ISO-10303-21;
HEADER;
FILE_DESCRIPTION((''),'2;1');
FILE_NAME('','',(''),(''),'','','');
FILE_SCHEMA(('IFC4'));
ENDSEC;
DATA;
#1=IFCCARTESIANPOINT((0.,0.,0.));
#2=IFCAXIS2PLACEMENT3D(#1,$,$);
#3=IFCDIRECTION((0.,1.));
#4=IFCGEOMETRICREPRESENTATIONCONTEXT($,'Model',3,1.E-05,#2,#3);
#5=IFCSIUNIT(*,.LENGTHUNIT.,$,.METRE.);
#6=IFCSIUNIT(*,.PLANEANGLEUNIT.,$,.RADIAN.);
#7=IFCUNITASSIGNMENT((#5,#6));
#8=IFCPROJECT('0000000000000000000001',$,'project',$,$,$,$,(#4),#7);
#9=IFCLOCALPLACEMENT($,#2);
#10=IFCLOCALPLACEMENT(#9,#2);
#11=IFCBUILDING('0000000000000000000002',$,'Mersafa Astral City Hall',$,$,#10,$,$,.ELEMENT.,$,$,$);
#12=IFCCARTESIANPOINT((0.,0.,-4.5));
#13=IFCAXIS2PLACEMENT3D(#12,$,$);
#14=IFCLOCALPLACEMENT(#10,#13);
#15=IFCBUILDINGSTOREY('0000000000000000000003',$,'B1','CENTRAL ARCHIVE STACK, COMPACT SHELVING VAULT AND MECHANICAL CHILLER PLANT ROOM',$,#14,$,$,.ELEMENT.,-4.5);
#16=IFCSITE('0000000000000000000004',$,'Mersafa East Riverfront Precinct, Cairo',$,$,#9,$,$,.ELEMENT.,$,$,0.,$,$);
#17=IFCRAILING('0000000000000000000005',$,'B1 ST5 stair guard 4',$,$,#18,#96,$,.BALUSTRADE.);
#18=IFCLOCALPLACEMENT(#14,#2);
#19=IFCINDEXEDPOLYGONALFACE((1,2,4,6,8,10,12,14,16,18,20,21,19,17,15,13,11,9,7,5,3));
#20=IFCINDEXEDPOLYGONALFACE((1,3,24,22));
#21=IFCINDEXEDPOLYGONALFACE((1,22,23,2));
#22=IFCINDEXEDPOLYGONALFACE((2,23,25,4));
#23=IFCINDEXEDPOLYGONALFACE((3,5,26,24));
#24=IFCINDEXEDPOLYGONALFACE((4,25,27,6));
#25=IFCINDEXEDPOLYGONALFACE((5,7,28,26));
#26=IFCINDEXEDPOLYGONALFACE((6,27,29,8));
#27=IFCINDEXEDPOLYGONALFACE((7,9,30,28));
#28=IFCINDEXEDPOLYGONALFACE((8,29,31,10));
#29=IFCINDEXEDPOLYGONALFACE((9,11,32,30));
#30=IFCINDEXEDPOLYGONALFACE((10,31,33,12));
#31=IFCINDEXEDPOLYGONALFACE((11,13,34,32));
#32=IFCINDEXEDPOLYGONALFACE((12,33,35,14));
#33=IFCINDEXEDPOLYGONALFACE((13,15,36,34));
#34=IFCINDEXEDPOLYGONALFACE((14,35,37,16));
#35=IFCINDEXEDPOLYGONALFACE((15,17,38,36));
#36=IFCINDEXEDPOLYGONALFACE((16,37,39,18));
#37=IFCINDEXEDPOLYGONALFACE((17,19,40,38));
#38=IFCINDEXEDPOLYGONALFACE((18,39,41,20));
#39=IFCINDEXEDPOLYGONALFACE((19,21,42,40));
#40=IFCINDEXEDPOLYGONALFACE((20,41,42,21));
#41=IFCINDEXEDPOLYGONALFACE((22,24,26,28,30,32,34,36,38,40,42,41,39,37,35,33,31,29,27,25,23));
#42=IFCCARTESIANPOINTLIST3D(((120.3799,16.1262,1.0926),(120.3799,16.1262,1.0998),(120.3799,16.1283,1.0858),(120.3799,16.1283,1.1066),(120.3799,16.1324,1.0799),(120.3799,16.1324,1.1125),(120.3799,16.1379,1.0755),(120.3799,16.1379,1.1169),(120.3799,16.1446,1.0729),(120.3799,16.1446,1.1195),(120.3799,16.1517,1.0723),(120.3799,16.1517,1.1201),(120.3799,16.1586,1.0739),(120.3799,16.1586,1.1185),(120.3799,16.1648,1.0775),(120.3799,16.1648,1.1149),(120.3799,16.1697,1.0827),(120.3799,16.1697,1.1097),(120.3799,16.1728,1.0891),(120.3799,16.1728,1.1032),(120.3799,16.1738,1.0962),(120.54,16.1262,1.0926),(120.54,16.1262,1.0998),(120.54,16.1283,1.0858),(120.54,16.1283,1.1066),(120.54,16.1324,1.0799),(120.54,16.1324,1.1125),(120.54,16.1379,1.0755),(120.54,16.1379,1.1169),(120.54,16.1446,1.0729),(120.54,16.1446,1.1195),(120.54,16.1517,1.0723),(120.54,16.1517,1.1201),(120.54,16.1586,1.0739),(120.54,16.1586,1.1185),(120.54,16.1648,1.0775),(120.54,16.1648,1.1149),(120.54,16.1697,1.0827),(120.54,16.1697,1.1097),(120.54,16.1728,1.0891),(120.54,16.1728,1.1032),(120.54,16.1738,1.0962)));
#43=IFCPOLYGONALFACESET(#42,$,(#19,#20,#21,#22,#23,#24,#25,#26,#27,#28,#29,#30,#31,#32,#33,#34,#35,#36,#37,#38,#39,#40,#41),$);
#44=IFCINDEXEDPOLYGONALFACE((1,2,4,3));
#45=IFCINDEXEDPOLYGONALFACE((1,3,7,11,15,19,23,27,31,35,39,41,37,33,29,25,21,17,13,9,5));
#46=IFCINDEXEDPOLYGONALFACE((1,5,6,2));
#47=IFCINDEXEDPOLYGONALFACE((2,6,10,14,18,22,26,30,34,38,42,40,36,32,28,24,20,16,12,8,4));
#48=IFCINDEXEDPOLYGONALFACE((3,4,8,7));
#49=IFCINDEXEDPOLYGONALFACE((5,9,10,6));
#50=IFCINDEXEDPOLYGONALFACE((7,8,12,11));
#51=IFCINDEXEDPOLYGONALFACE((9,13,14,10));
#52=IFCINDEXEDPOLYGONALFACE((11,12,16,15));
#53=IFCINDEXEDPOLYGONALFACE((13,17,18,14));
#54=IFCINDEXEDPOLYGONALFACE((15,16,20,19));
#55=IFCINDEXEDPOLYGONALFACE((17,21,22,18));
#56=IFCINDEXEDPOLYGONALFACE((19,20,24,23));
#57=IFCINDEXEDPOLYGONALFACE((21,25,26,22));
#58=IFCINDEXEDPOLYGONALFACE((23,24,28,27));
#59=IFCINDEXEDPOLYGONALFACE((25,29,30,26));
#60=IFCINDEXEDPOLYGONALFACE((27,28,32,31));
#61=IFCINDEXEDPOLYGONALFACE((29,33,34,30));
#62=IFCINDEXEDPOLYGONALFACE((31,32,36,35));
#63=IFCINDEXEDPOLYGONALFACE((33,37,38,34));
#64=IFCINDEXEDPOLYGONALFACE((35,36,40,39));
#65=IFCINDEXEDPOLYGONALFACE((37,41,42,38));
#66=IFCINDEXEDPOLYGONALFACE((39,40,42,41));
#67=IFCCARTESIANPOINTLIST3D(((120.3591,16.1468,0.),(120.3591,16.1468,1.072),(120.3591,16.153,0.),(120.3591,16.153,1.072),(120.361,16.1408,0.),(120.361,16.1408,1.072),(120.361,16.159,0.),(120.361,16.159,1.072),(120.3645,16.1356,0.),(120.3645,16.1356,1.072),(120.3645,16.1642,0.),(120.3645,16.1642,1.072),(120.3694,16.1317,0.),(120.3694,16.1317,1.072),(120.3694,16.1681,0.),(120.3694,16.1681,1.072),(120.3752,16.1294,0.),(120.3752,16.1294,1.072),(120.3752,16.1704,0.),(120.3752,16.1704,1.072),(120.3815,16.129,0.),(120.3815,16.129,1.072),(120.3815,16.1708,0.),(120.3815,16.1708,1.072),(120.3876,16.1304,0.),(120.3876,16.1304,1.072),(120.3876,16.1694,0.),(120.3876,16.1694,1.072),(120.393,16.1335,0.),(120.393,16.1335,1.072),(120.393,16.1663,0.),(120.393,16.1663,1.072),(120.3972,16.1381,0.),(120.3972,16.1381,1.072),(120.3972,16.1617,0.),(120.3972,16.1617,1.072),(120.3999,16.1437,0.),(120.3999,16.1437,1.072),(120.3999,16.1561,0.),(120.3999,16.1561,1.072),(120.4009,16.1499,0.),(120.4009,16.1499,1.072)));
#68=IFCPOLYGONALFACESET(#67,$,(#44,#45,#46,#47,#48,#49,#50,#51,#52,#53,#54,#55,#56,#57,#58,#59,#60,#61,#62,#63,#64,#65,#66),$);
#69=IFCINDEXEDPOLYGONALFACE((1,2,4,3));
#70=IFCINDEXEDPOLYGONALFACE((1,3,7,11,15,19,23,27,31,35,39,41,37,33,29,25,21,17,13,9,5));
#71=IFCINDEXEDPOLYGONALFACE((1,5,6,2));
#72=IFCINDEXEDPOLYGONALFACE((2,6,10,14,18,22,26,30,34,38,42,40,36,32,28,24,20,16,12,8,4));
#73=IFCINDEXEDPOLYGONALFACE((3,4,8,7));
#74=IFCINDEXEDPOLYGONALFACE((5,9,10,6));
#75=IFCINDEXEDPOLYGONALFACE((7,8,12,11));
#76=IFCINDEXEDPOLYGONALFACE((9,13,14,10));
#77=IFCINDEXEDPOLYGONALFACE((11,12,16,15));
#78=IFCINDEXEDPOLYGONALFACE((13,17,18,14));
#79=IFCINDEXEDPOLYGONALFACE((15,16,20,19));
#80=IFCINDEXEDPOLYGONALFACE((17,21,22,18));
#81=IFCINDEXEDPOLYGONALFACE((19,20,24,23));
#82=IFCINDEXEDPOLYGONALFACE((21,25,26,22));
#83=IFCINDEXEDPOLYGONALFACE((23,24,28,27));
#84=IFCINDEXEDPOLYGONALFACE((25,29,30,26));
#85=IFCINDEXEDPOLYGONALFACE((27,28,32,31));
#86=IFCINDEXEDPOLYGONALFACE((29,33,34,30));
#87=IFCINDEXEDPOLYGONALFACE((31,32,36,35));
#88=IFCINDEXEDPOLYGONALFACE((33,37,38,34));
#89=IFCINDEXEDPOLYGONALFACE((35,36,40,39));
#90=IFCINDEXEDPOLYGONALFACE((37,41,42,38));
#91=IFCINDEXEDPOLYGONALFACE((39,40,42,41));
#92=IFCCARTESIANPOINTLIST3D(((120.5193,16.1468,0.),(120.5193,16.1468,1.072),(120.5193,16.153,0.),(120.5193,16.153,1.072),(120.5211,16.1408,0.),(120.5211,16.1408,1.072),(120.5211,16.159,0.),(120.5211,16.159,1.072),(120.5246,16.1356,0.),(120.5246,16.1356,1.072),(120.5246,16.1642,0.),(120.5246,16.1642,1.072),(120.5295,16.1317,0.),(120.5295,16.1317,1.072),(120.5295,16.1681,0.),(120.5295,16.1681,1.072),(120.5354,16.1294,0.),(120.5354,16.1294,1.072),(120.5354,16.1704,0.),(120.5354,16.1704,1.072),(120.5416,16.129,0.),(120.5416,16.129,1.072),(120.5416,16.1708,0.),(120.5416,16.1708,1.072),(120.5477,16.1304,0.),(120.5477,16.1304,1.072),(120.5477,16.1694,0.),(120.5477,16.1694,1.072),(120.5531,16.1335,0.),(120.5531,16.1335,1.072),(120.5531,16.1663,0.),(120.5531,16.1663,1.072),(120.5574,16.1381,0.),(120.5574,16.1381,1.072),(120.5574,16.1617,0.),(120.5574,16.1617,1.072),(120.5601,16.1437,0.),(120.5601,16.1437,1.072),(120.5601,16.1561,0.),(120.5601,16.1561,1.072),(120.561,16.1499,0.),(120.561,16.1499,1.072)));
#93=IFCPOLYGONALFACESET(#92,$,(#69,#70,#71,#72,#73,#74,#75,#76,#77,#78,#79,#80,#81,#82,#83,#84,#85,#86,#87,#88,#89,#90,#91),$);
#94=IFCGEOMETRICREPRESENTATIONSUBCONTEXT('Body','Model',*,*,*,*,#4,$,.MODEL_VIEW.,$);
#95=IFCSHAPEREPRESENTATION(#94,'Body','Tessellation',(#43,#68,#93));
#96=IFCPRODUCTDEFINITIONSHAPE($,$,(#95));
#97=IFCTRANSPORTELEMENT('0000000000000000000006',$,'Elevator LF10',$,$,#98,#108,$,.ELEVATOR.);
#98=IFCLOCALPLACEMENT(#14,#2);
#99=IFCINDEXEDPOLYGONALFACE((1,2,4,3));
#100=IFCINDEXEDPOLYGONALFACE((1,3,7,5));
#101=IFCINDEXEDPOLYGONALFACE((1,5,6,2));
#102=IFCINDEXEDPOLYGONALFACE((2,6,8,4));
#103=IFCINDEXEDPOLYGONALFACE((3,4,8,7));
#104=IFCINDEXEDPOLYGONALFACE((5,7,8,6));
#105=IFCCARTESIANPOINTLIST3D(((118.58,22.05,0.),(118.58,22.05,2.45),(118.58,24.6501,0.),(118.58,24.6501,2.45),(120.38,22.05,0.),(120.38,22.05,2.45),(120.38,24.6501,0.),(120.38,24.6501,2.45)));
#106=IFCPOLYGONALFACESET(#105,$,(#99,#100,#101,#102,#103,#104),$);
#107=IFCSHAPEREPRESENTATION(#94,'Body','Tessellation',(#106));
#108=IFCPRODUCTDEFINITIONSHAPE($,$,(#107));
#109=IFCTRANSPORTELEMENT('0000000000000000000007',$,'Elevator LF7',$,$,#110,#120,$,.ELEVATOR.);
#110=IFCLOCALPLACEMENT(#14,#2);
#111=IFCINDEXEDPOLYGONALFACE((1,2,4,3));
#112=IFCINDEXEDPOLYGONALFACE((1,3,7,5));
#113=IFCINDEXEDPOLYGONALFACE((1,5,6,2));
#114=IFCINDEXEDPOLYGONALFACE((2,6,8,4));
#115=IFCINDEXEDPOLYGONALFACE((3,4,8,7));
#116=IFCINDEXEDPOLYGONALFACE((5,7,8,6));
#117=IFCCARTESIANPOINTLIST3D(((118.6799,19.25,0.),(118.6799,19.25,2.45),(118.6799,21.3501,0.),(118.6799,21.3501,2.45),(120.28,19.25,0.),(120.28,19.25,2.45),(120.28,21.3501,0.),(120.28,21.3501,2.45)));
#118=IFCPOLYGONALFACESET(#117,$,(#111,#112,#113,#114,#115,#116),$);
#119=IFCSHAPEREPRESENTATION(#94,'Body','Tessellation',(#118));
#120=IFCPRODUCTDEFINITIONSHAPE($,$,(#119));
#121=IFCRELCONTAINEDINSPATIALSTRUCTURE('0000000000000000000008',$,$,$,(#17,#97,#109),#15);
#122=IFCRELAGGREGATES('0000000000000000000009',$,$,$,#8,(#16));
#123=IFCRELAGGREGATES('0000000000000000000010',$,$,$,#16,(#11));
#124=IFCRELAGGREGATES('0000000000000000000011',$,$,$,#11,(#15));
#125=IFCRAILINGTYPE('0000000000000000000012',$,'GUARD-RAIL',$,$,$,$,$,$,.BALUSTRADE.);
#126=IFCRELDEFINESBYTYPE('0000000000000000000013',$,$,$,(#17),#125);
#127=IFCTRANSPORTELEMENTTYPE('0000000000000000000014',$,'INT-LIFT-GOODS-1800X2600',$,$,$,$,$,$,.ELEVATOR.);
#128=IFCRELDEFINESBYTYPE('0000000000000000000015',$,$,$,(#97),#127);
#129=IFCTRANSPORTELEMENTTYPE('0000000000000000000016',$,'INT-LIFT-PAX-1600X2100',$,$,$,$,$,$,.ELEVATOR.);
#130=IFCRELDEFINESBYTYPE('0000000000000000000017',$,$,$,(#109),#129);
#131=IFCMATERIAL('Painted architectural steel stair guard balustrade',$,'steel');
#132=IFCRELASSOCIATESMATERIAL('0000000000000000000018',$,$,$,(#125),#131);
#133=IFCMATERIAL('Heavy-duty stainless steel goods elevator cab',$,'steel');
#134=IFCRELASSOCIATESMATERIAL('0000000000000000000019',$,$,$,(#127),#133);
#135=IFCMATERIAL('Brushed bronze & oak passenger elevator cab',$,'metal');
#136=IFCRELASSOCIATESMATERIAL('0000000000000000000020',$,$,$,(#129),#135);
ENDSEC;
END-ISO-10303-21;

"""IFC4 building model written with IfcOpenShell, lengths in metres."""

from ifc_helpers import new_model, si_unit, direction, frame, origin, origin_2d, place, context, subcontext, project, spatial, rectangle, circle, extrude, material, type_object, element, save


model = new_model("IFC4")

# Units and contexts
model_context = context("Model", 3, precision=1e-05, world=origin(), true_north=direction((0.0, 1.0)))
body_context = subcontext(model_context, "Body", "Model", "MODEL_VIEW")
ifc_project = project(units=[si_unit("LENGTHUNIT", "METRE"), si_unit("PLANEANGLEUNIT", "RADIAN")], contexts=[model_context])

# Site, building, storey
site_placement = place(None, origin())
site = spatial("IfcSite", under=ifc_project, at=site_placement, Name="Mersafa East Riverfront Precinct, Cairo", CompositionType="ELEMENT", RefElevation=0.0)
building_placement = place(site_placement, origin())
building = spatial("IfcBuilding", under=site, at=building_placement, Name="Mersafa Astral City Hall", CompositionType="ELEMENT")
storey_placement = place(building_placement, frame((0.0, 0.0, -4.5)))
storey = spatial("IfcBuildingStorey", under=building, at=storey_placement, Name="B1", Description="CENTRAL ARCHIVE STACK, COMPACT SHELVING VAULT AND MECHANICAL CHILLER PLANT ROOM", CompositionType="ELEMENT", Elevation=-4.5)

# Railing
ifc_material_1 = material(Name="Painted architectural steel stair guard balustrade", Category="steel")
railing_type = type_object("IfcRailingType", Name="GUARD-RAIL", PredefinedType="BALUSTRADE", material=ifc_material_1)
railing_1_placement = place(storey_placement, frame((120.3799, 16.1499, 0.0)))
element("IfcRailing", 1, at=railing_1_placement, inside=storey, type_object=railing_type, Name="B1 ST5 stair guard 4", PredefinedType="BALUSTRADE", context=body_context, shape_type="SweptSolid", body=[
    extrude(circle(Radius=0.0239, at=origin_2d()), frame((0.0, 0.0, 1.0962), z_axis=(1.0, 0.0, 0.0), x_axis=(0.0, 1.0, 0.0)), (0.0, 0.0, 1.0), 0.1602),
    extrude(circle(Radius=0.021, at=origin_2d()), origin(), (0.0, 0.0, 1.0), 1.072),
    extrude(circle(Radius=0.021, at=origin_2d()), frame((0.1602, 0.0, 0.0)), (0.0, 0.0, 1.0), 1.072),
])

# Transport elements
ifc_material_2 = material(Name="Heavy-duty stainless steel goods elevator cab", Category="steel")
transport_element_type_1 = type_object("IfcTransportElementType", Name="INT-LIFT-GOODS-1800X2600", PredefinedType="ELEVATOR", material=ifc_material_2)
transport_element_1_placement = place(storey_placement, frame((119.48, 23.3501, 0.0), z_axis=(0.0, 0.0, 1.0), x_axis=(1.0, 0.0, 0.0)))
element("IfcTransportElement", 2, at=transport_element_1_placement, inside=storey, type_object=transport_element_type_1, Name="Elevator LF10", PredefinedType="ELEVATOR", context=body_context, shape_type="SweptSolid", body=[
    extrude(rectangle(XDim=1.8, YDim=2.6001, at=origin_2d()), origin(), (0.0, 0.0, 1.0), 2.45),
])
ifc_material_3 = material(Name="Brushed bronze & oak passenger elevator cab", Category="metal")
transport_element_type_2 = type_object("IfcTransportElementType", Name="INT-LIFT-PAX-1600X2100", PredefinedType="ELEVATOR", material=ifc_material_3)
transport_element_2_placement = place(storey_placement, frame((119.48, 20.3, 0.0), z_axis=(0.0, 0.0, 1.0), x_axis=(1.0, 0.0, 0.0)))
element("IfcTransportElement", 3, at=transport_element_2_placement, inside=storey, type_object=transport_element_type_2, Name="Elevator LF7", PredefinedType="ELEVATOR", context=body_context, shape_type="SweptSolid", body=[
    extrude(rectangle(XDim=1.6001, YDim=2.1001, at=origin_2d()), origin(), (0.0, 0.0, 1.0), 2.45),
])

save(model, "model.ifc")
